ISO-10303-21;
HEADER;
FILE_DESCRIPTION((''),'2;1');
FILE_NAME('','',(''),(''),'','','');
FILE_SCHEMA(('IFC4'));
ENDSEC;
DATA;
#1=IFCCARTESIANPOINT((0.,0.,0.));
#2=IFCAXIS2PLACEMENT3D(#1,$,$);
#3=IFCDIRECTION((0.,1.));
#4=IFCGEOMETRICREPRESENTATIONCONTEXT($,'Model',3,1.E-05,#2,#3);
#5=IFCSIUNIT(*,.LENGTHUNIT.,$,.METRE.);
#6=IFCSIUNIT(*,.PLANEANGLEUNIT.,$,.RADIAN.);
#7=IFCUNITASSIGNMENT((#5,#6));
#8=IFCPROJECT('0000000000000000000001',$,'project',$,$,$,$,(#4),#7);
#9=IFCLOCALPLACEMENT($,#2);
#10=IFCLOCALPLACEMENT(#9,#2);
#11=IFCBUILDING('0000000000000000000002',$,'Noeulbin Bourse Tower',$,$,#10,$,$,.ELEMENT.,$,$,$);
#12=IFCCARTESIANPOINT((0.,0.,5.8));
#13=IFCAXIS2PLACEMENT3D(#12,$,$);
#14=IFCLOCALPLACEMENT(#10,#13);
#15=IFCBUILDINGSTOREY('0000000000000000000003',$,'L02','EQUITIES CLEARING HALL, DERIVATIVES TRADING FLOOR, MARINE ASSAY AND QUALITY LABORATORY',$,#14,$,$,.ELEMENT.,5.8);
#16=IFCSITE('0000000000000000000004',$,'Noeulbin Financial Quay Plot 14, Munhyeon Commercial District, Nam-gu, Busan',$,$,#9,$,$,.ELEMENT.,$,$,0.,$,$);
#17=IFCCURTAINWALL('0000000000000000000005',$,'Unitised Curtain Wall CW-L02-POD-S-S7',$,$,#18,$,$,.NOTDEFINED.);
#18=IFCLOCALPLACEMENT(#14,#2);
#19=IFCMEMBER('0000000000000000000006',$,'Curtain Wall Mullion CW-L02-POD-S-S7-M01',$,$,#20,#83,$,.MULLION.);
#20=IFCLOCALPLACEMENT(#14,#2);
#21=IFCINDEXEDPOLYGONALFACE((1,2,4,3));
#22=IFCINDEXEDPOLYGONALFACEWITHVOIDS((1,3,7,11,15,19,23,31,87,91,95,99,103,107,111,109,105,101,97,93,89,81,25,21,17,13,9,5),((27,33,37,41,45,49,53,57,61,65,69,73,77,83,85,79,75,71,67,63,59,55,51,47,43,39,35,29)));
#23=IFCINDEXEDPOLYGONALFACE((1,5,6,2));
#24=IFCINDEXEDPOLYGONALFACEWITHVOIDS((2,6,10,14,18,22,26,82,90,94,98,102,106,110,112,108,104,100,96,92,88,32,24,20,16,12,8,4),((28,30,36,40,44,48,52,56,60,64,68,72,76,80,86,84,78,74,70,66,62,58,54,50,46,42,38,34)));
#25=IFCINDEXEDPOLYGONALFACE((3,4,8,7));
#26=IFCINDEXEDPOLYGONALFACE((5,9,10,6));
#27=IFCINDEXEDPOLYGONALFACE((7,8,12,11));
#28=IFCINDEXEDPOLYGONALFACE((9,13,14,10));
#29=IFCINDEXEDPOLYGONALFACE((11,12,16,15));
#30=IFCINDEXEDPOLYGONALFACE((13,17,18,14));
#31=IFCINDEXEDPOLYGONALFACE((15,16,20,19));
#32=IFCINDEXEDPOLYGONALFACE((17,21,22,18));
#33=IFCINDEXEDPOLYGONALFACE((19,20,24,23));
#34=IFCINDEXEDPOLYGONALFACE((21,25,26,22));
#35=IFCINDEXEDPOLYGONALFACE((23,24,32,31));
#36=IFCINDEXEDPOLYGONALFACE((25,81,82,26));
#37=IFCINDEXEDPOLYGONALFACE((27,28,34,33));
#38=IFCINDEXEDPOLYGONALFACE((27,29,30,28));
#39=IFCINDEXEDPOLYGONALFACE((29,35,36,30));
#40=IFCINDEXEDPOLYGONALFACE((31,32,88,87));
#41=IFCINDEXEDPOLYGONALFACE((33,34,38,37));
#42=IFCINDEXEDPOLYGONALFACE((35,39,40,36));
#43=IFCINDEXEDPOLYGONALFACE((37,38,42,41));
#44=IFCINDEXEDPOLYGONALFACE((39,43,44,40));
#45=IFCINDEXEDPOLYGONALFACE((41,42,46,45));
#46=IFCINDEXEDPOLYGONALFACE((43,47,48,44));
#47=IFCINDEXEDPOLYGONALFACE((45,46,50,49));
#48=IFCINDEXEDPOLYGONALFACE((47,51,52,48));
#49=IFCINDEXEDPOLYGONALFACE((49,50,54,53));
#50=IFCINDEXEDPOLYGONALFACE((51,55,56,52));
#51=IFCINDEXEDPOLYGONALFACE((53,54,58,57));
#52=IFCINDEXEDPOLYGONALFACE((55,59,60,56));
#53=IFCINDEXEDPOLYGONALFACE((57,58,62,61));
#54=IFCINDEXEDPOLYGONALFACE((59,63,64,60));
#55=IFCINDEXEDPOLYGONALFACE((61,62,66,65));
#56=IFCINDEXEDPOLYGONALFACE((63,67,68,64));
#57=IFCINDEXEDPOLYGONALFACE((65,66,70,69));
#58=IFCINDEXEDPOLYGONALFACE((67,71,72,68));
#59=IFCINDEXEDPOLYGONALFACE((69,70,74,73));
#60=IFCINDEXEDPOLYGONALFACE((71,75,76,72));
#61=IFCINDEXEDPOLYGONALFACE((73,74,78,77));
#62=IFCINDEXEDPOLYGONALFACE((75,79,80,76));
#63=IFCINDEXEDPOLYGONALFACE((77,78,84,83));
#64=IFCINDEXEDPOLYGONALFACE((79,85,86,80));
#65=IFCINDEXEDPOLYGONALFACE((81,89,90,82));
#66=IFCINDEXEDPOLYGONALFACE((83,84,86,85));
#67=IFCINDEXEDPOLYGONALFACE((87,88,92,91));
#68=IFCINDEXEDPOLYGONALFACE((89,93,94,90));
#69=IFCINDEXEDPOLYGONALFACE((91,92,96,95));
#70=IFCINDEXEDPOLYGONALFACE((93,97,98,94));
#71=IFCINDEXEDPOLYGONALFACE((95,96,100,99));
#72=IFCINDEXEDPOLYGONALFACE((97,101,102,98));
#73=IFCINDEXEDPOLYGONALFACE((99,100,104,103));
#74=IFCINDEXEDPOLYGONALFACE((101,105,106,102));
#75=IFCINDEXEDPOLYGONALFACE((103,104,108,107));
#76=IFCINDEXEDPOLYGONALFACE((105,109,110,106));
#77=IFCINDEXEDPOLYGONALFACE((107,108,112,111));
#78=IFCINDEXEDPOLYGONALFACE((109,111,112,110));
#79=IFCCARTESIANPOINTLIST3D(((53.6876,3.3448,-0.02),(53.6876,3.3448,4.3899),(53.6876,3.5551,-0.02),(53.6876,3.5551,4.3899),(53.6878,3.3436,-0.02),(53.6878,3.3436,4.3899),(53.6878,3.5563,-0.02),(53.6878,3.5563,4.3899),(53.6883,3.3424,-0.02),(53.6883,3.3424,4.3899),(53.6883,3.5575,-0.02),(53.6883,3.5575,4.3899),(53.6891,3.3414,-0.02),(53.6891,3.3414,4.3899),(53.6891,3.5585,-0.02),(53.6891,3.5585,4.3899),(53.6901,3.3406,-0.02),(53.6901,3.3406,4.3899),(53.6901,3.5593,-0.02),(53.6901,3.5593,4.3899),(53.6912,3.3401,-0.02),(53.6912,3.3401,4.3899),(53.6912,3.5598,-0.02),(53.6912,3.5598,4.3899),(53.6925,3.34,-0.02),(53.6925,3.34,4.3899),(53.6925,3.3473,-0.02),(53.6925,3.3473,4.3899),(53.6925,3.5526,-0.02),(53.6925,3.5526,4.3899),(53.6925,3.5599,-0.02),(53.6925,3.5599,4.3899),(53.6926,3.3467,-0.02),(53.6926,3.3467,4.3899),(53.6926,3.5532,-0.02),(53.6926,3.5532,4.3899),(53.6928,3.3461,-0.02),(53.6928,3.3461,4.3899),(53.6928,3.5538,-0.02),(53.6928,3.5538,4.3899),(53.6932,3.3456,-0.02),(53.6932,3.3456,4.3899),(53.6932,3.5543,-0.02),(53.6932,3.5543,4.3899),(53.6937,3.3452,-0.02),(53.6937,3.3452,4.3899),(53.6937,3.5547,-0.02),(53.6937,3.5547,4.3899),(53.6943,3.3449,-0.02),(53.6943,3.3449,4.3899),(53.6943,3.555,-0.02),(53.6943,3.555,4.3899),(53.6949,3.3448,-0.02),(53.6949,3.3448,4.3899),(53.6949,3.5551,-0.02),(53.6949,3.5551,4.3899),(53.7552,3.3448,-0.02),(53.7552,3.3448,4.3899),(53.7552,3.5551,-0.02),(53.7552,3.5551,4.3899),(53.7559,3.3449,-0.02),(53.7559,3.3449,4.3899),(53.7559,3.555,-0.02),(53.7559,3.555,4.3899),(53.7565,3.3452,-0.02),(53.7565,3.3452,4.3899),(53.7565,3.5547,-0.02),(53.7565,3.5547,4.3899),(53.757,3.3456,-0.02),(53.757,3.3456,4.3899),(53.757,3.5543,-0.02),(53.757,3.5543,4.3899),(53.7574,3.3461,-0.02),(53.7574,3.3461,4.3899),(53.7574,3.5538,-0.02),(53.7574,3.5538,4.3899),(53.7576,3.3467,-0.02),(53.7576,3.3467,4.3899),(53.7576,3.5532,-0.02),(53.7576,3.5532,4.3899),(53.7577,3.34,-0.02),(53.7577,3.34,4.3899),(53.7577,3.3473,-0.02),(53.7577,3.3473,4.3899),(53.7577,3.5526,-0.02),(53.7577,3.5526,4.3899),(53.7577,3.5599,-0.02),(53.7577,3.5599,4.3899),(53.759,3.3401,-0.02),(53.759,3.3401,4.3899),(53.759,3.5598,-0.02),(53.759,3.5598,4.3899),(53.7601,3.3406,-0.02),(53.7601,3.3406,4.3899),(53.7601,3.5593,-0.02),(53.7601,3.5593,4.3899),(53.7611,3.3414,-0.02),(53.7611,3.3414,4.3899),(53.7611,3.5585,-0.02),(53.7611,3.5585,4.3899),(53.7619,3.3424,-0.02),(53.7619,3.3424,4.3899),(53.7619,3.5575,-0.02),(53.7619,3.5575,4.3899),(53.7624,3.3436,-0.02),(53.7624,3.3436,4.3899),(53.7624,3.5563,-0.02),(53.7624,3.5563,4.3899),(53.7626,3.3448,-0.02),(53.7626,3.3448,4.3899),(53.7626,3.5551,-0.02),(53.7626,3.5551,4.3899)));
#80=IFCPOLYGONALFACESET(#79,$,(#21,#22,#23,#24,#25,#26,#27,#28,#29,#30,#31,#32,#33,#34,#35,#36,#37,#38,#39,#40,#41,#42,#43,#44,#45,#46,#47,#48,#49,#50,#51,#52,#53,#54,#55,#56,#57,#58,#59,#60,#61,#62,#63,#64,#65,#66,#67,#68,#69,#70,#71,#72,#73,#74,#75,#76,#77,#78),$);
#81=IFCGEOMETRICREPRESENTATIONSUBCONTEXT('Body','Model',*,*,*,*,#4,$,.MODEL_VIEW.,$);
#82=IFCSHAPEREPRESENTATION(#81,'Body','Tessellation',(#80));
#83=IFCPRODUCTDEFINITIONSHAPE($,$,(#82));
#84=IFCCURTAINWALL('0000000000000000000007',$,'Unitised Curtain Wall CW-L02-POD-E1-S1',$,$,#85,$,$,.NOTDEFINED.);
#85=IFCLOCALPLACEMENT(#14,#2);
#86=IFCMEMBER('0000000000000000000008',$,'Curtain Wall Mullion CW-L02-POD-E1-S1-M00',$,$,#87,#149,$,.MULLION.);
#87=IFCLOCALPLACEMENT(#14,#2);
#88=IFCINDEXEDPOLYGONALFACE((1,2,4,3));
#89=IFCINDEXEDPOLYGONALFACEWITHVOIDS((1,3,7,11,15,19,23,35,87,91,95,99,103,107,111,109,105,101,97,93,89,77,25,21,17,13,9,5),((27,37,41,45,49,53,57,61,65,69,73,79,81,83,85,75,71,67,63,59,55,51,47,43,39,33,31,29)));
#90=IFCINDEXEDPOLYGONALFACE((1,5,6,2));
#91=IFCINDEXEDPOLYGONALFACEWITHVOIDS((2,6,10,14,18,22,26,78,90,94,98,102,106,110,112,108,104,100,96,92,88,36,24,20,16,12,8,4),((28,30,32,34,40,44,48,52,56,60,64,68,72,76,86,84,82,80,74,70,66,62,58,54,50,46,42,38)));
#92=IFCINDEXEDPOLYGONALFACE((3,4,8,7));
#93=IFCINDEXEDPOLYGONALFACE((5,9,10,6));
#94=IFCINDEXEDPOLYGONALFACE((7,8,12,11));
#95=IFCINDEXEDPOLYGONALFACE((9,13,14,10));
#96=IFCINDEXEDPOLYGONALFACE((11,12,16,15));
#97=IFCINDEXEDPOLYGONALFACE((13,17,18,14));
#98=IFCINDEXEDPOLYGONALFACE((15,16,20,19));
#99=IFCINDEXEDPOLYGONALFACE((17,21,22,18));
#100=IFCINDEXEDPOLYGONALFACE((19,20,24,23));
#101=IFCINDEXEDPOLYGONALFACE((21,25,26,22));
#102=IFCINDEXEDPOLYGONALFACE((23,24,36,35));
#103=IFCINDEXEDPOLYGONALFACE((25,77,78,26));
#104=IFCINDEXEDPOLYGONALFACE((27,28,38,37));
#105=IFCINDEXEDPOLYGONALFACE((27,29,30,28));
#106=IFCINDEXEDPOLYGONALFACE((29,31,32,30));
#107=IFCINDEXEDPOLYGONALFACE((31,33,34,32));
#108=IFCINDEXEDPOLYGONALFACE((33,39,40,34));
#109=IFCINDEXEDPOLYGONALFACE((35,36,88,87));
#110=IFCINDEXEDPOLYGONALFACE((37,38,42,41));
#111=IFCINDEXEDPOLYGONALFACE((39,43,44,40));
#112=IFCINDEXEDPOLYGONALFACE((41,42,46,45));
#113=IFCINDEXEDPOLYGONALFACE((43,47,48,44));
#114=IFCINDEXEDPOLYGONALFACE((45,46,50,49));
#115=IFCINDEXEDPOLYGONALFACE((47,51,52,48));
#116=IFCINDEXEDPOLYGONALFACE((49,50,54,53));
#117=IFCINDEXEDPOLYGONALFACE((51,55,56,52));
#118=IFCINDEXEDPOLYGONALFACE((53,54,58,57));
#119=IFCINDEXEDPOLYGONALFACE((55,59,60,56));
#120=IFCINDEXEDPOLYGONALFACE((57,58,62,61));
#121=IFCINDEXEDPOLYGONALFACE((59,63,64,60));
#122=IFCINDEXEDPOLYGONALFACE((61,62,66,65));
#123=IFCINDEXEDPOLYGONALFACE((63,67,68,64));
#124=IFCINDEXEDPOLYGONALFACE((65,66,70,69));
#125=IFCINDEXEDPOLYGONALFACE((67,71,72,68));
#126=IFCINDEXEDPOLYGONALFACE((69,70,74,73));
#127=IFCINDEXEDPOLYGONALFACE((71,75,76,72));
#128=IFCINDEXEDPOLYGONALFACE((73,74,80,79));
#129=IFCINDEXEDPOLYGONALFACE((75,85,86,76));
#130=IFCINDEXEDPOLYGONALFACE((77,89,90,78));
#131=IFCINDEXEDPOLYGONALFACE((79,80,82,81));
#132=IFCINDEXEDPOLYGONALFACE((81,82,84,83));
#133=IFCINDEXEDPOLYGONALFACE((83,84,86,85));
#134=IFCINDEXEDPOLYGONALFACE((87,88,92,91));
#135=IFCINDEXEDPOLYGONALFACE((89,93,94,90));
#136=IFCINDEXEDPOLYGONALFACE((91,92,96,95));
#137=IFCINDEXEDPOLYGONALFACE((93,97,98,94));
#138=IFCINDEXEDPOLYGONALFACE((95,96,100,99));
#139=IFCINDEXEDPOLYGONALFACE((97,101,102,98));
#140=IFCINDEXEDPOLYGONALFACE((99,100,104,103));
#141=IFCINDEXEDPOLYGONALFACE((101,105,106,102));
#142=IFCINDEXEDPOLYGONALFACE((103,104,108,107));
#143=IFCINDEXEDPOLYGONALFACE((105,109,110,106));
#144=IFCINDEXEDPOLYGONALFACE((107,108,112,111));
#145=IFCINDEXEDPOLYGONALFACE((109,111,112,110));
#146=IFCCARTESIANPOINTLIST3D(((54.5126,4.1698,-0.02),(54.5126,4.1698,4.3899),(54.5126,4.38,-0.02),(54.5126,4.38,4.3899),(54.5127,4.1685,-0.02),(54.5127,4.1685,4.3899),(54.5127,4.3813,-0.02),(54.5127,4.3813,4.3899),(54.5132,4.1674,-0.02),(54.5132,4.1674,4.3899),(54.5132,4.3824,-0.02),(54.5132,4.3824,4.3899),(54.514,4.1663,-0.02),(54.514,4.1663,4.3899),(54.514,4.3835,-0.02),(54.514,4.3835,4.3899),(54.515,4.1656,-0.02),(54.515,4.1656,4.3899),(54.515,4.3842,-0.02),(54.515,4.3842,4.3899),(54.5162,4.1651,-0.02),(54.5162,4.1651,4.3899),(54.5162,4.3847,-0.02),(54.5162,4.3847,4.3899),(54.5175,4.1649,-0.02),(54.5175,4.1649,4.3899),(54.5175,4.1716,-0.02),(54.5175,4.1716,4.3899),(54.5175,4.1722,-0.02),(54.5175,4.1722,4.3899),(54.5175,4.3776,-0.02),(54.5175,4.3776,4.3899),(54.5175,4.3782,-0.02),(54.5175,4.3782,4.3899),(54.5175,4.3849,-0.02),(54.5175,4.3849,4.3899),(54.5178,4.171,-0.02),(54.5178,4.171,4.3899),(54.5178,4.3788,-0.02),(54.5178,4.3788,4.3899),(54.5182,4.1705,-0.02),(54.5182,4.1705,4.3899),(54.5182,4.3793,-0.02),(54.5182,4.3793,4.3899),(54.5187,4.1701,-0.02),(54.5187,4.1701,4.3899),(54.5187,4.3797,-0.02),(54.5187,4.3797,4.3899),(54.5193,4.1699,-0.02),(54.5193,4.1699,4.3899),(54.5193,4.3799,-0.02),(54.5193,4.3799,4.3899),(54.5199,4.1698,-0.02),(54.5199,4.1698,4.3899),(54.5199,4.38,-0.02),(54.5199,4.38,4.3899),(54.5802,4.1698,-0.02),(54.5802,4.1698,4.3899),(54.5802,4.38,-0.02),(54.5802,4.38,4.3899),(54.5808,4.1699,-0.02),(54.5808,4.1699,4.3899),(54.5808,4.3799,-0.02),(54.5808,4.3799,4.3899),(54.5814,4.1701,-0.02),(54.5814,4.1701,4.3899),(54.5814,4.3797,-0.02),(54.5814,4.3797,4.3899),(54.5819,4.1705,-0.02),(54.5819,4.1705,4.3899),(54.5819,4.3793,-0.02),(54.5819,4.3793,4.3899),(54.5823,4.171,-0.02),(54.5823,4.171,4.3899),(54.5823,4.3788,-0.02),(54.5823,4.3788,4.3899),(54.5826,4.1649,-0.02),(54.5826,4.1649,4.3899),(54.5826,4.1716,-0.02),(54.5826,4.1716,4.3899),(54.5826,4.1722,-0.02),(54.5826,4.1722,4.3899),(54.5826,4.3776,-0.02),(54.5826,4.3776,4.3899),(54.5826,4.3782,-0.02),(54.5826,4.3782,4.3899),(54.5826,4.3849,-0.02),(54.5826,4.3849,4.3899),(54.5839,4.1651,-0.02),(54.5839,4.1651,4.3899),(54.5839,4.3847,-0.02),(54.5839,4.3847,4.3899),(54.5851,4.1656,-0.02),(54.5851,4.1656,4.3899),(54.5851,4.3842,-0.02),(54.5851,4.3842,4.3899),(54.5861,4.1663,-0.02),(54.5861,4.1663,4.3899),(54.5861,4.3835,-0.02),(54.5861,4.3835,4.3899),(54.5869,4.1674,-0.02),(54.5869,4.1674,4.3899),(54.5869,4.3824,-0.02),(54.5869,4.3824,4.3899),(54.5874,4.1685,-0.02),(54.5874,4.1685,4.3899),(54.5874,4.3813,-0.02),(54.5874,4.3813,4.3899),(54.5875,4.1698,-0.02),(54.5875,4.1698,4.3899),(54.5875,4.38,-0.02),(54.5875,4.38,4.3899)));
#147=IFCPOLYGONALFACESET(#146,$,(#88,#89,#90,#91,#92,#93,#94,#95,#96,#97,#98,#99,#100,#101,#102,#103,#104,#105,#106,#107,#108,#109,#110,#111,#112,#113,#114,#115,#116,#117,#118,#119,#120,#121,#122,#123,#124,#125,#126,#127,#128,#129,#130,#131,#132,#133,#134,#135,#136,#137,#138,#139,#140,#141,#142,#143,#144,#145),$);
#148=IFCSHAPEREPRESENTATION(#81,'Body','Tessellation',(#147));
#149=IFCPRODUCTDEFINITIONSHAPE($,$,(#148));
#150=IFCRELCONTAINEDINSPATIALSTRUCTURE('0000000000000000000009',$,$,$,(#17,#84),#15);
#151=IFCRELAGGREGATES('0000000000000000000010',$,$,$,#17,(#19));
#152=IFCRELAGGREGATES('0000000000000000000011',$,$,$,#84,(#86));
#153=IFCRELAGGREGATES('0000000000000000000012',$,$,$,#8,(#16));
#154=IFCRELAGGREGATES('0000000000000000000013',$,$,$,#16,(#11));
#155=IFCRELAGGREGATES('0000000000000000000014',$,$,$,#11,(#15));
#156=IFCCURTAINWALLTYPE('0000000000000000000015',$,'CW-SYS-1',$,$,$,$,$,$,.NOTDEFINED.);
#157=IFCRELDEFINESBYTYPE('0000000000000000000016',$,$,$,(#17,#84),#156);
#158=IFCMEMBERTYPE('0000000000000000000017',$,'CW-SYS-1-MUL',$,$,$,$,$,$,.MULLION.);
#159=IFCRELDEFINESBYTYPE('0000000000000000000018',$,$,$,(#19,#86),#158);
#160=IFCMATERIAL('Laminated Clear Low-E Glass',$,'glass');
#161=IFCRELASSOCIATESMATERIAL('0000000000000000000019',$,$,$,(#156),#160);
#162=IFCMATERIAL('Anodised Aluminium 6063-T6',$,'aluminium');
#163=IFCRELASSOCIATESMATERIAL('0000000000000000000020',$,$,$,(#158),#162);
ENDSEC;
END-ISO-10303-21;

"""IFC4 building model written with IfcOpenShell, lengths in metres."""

from ifc_helpers import new_model, si_unit, direction, frame, origin, origin_2d, place, context, subcontext, project, spatial, hollow_rectangle, extrude, material, material_profile, profile_set, type_object, element, aggregate, save


model = new_model("IFC4")

# Units and contexts
model_context = context("Model", 3, precision=1e-05, world=origin(), true_north=direction((0.0, 1.0)))
body_context = subcontext(model_context, "Body", "Model", "MODEL_VIEW")
ifc_project = project(units=[si_unit("LENGTHUNIT", "METRE"), si_unit("PLANEANGLEUNIT", "RADIAN")], contexts=[model_context])

# Site, building, storey
site_placement = place(None, origin())
site = spatial("IfcSite", under=ifc_project, at=site_placement, Name="Noeulbin Financial Quay Plot 14, Munhyeon Commercial District, Nam-gu, Busan", CompositionType="ELEMENT", RefElevation=0.0)
building_placement = place(site_placement, origin())
building = spatial("IfcBuilding", under=site, at=building_placement, Name="Noeulbin Bourse Tower", CompositionType="ELEMENT")
storey_placement = place(building_placement, frame((0.0, 0.0, 5.8)))
storey = spatial("IfcBuildingStorey", under=building, at=storey_placement, Name="L02", Description="EQUITIES CLEARING HALL, DERIVATIVES TRADING FLOOR, MARINE ASSAY AND QUALITY LABORATORY", CompositionType="ELEMENT", Elevation=5.8)

# Shared definitions
ifc_material_1 = material(Name="Laminated Clear Low-E Glass", Category="glass")
curtain_wall_type = type_object("IfcCurtainWallType", Name="CW-SYS-1", PredefinedType="NOTDEFINED", material=ifc_material_1)
ifc_material_2 = material(Name="Anodised Aluminium 6063-T6", Category="aluminium")
ifc_material_profile_1 = material_profile(ifc_material_2, hollow_rectangle(XDim=0.075, YDim=0.22, WallThickness=0.0049, InnerFilletRadius=0.0024, OuterFilletRadius=0.0049, at=origin_2d()), Name="ALU-MULL-75x220x5", Category="LoadBearing")
ifc_profile_set_1 = profile_set([ifc_material_profile_1], Name="Anodised Aluminium 6063-T6")
member_type_1 = type_object("IfcMemberType", Name="CW-SYS-1-MUL", PredefinedType="MULLION", material=ifc_profile_set_1)

# Curtain walls, members
curtain_wall_1_placement = place(storey_placement, origin())
curtain_wall_1 = element("IfcCurtainWall", 1, at=curtain_wall_1_placement, inside=storey, type_object=curtain_wall_type, Name="Unitised Curtain Wall CW-L02-POD-S-S7", PredefinedType="NOTDEFINED")
member_1_placement = place(storey_placement, frame((53.7251, 3.45, -0.02), z_axis=(0.0, 0.0, 1.0), x_axis=(1.0, 0.0, 0.0)))
member_1 = element("IfcMember", 2, at=member_1_placement, type_object=member_type_1, Name="Curtain Wall Mullion CW-L02-POD-S-S7-M01", PredefinedType="MULLION", context=body_context, shape_type="SweptSolid", body=[
    extrude(hollow_rectangle(XDim=0.075, YDim=0.22, WallThickness=0.0049, InnerFilletRadius=0.0024, OuterFilletRadius=0.0049, at=origin_2d()), origin(), (0.0, 0.0, 1.0), 4.4099),
])
curtain_wall_2_placement = place(storey_placement, origin())
curtain_wall_2 = element("IfcCurtainWall", 3, at=curtain_wall_2_placement, inside=storey, type_object=curtain_wall_type, Name="Unitised Curtain Wall CW-L02-POD-E1-S1", PredefinedType="NOTDEFINED")
member_2_placement = place(storey_placement, frame((54.55, 4.2749, -0.02), z_axis=(0.0, 0.0, 1.0), x_axis=(1.0, 0.0, 0.0)))
member_2 = element("IfcMember", 4, at=member_2_placement, type_object=member_type_1, Name="Curtain Wall Mullion CW-L02-POD-E1-S1-M00", PredefinedType="MULLION", context=body_context, shape_type="SweptSolid", body=[
    extrude(hollow_rectangle(XDim=0.075, YDim=0.22, WallThickness=0.0049, InnerFilletRadius=0.0024, OuterFilletRadius=0.0049, at=origin_2d()), origin(), (0.0, 0.0, 1.0), 4.4099),
])

aggregate(curtain_wall_1, [member_1])
aggregate(curtain_wall_2, [member_2])

save(model, "model.ifc")
